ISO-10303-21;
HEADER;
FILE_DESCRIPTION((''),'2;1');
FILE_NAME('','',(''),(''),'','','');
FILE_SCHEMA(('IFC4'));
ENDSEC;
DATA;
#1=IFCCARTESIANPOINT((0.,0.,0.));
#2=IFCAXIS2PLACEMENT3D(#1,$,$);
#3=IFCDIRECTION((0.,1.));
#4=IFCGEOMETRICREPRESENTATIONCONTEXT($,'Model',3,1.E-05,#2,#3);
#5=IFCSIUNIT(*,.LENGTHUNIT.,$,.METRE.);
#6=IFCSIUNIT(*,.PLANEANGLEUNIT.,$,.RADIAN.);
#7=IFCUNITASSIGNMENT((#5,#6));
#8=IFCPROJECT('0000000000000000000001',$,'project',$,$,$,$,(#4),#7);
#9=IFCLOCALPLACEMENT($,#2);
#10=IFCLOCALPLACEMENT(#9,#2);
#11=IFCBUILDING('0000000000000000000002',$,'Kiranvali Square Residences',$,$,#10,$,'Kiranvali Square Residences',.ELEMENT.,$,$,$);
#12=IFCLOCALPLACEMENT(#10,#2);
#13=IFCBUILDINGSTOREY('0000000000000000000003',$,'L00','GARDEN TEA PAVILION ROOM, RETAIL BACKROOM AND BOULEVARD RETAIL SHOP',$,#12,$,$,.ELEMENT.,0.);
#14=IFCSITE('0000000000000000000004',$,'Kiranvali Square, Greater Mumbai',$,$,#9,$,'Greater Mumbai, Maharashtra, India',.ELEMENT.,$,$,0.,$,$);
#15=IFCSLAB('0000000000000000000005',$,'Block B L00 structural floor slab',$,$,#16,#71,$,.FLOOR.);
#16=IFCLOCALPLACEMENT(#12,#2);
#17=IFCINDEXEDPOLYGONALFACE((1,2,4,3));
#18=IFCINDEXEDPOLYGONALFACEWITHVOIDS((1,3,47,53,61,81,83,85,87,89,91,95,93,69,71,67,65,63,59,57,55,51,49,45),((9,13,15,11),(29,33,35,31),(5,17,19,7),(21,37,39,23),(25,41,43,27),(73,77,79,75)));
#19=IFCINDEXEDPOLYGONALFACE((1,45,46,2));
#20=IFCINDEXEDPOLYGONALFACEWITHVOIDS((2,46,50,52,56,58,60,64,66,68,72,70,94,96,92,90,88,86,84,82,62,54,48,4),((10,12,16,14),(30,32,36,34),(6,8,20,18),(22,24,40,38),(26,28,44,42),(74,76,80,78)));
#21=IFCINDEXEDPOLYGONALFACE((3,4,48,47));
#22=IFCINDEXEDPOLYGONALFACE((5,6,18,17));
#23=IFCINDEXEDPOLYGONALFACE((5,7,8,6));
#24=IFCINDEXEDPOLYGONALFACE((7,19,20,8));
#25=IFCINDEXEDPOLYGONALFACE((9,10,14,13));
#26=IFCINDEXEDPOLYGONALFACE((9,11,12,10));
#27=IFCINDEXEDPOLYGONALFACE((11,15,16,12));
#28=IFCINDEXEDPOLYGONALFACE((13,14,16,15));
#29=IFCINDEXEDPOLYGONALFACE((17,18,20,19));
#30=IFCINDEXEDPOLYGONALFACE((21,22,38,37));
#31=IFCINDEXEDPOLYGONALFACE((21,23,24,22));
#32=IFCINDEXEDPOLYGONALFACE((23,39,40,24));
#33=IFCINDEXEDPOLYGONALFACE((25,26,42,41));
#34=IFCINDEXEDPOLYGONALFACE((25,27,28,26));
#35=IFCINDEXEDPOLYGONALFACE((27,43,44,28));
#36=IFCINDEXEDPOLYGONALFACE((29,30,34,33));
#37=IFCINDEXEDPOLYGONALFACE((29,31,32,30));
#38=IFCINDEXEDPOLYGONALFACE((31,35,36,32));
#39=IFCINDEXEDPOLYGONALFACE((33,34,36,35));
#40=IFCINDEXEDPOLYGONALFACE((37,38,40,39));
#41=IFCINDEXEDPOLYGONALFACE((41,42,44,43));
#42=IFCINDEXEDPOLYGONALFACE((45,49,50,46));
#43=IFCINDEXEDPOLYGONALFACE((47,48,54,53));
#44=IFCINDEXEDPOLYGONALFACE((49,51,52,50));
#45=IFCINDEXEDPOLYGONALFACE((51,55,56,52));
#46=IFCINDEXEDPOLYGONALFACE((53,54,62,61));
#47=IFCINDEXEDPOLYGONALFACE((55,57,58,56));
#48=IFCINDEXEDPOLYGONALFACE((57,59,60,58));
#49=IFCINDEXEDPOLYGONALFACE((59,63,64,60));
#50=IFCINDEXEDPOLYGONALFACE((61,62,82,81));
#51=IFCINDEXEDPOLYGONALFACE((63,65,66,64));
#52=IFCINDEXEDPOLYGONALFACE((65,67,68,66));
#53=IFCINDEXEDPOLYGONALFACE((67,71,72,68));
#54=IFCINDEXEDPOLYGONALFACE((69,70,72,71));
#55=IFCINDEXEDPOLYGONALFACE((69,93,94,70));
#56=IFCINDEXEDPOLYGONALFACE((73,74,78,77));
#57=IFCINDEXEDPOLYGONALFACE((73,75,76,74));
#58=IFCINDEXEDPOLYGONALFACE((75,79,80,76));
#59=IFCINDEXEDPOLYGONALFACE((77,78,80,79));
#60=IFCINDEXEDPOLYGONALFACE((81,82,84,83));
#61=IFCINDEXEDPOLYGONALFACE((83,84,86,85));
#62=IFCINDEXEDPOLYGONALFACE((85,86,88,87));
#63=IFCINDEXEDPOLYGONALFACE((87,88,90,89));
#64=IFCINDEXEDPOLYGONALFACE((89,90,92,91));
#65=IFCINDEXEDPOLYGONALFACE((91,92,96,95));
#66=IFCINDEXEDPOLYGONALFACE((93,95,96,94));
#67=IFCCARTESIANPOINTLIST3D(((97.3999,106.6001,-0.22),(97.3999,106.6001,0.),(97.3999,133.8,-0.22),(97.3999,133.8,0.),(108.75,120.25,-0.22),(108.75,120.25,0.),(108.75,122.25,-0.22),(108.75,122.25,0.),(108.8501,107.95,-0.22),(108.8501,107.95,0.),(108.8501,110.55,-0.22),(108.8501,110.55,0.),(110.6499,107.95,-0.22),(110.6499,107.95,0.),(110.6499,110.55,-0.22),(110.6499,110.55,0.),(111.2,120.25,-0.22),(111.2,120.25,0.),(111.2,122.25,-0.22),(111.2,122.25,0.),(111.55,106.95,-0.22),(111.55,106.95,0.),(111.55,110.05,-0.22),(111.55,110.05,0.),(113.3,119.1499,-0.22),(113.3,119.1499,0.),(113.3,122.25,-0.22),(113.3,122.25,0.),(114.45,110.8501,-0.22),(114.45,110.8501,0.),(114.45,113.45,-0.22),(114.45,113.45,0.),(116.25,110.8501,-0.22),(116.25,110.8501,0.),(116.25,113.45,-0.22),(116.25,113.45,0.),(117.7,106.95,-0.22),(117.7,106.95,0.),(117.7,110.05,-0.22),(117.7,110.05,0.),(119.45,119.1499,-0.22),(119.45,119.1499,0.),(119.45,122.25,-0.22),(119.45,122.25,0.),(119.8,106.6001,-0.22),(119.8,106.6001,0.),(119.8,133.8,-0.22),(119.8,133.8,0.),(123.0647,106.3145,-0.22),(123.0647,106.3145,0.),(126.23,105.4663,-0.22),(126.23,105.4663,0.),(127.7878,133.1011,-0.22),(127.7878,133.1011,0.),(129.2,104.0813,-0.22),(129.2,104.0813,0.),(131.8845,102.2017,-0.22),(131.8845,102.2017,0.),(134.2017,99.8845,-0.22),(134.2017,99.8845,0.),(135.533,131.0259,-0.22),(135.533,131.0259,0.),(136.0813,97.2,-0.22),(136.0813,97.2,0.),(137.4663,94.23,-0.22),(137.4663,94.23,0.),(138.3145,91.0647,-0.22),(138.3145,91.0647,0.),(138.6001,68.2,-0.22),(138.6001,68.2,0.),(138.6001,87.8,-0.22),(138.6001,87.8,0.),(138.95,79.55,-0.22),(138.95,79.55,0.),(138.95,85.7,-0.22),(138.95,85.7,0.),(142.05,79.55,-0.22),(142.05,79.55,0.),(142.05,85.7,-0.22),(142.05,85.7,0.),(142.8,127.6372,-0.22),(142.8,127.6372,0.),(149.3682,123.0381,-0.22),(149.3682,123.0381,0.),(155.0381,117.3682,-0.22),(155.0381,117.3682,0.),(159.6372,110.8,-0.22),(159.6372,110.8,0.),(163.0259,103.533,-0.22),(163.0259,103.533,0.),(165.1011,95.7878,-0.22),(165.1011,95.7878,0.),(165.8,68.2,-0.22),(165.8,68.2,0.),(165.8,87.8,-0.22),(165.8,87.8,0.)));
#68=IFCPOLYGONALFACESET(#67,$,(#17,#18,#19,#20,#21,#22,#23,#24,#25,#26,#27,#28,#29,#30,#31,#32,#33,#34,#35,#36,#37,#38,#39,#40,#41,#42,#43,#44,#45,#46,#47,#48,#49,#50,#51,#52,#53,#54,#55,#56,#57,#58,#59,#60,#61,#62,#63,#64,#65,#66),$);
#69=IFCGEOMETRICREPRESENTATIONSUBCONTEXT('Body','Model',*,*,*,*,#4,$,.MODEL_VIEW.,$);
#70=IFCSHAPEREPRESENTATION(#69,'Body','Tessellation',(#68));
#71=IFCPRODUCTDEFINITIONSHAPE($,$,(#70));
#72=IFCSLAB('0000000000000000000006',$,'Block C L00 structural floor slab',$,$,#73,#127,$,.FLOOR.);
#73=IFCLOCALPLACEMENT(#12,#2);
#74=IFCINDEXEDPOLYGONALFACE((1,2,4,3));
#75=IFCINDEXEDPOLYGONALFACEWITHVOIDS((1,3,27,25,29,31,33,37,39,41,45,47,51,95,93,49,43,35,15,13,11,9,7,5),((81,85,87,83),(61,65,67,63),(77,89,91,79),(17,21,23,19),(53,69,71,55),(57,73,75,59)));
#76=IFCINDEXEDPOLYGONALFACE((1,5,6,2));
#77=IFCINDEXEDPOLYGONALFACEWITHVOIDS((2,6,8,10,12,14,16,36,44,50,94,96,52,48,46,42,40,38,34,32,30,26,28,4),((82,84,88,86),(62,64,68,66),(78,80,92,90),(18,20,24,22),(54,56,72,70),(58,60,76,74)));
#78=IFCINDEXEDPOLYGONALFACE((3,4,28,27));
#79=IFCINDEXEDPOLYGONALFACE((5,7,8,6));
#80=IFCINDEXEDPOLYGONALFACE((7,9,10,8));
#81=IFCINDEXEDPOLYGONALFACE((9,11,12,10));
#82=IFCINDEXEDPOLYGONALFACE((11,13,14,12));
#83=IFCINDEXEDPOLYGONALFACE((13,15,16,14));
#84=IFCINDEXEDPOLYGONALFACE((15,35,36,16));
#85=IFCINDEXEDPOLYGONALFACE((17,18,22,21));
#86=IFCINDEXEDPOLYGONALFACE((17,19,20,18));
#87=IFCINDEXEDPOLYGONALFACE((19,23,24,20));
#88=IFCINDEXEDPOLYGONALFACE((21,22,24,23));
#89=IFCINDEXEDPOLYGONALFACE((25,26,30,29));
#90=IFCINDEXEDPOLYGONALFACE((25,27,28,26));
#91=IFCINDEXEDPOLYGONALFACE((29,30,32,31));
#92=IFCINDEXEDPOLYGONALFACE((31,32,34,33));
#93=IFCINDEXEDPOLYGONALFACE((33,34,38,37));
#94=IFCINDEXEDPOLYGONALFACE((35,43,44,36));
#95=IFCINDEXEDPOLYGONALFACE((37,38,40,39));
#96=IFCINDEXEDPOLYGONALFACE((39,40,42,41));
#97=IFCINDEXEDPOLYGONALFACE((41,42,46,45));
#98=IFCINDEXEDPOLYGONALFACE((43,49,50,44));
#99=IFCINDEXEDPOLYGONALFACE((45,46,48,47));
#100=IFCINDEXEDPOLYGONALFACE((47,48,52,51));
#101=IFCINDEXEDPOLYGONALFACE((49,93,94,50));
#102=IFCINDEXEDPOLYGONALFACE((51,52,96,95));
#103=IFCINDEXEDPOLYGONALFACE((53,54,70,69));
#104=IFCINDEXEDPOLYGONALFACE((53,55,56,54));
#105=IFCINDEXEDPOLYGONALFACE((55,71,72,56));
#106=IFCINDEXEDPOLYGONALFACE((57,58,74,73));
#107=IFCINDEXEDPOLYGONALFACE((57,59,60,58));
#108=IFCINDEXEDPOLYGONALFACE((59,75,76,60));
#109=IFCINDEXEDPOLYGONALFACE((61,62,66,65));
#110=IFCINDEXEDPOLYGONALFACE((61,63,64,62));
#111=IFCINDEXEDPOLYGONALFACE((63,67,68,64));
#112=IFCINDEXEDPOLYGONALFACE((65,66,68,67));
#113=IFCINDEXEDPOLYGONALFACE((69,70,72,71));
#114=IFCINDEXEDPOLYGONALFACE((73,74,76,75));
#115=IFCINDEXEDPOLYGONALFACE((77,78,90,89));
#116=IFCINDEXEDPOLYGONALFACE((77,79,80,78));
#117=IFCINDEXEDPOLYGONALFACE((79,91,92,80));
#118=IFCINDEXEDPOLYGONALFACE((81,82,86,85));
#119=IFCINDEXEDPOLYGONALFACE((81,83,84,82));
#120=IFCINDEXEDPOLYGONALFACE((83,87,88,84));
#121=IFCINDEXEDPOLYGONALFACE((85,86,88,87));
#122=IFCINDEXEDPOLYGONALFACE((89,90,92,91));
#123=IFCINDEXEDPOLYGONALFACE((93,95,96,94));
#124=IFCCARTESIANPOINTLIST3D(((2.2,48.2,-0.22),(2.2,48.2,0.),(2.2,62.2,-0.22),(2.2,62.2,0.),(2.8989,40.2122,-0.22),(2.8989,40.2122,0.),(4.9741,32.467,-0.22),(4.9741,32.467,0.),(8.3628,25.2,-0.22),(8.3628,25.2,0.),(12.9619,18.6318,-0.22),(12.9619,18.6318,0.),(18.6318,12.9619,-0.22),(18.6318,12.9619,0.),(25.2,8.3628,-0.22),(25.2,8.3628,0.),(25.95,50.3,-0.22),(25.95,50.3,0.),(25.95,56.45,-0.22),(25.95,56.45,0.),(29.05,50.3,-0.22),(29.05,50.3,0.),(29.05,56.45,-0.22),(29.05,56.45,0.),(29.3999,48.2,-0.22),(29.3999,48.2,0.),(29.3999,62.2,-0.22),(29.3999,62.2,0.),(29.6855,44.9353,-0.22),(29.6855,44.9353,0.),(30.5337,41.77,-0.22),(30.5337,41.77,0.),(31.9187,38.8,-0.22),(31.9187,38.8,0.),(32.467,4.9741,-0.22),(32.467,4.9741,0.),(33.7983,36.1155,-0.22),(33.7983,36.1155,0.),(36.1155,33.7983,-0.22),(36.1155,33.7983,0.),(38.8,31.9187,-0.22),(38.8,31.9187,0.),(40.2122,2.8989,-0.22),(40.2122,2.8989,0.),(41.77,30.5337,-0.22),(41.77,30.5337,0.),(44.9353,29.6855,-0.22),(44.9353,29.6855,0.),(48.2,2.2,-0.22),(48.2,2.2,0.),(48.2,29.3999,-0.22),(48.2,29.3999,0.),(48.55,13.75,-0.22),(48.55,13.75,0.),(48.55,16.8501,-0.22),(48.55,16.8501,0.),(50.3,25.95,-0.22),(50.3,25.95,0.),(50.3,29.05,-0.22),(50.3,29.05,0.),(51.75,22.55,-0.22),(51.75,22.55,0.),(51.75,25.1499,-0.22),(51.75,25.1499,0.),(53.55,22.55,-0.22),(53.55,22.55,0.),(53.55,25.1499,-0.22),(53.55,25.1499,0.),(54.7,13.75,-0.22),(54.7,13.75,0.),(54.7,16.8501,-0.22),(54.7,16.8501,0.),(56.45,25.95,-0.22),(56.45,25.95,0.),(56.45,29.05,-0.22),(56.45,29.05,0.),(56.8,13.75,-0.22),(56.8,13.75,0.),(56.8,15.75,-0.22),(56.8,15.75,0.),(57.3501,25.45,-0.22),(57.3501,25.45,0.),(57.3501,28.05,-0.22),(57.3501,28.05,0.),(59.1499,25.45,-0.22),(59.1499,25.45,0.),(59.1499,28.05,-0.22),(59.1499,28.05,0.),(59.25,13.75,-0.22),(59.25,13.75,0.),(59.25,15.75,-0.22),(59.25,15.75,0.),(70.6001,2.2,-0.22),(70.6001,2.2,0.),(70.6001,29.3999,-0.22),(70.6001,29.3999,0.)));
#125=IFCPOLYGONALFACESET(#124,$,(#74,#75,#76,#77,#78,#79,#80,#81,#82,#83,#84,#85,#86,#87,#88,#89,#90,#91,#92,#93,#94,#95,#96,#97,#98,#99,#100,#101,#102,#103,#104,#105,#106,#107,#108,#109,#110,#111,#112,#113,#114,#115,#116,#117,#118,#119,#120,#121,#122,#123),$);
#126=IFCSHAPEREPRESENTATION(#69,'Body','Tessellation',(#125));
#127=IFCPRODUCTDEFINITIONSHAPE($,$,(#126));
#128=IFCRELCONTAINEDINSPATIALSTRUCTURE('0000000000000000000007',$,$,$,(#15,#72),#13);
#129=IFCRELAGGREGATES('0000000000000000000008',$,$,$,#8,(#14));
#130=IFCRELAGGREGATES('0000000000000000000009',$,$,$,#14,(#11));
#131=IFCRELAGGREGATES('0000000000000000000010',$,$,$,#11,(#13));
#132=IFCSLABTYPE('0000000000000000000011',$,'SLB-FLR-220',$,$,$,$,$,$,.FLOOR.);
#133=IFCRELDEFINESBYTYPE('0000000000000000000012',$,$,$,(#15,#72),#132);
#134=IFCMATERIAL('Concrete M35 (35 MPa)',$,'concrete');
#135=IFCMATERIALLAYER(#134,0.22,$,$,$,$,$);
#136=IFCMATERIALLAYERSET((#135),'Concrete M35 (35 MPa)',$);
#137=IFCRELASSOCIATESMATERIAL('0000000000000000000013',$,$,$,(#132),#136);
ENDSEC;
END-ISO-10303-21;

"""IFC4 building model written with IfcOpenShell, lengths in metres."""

from ifc_helpers import new_model, si_unit, direction, frame, origin, place, context, subcontext, project, spatial, polyline, outline, extrude, material, layer, layer_set, type_object, element, save


model = new_model("IFC4")

# Units and contexts
model_context = context("Model", 3, precision=1e-05, world=origin(), true_north=direction((0.0, 1.0)))
body_context = subcontext(model_context, "Body", "Model", "MODEL_VIEW")
ifc_project = project(units=[si_unit("LENGTHUNIT", "METRE"), si_unit("PLANEANGLEUNIT", "RADIAN")], contexts=[model_context])

# Site, building, storey
site_placement = place(None, origin())
site = spatial("IfcSite", under=ifc_project, at=site_placement, Name="Kiranvali Square, Greater Mumbai", LongName="Greater Mumbai, Maharashtra, India", CompositionType="ELEMENT", RefElevation=0.0)
building_placement = place(site_placement, origin())
building = spatial("IfcBuilding", under=site, at=building_placement, Name="Kiranvali Square Residences", LongName="Kiranvali Square Residences", CompositionType="ELEMENT")
storey_placement = place(building_placement, origin())
storey = spatial("IfcBuildingStorey", under=building, at=storey_placement, Name="L00", Description="GARDEN TEA PAVILION ROOM, RETAIL BACKROOM AND BOULEVARD RETAIL SHOP", CompositionType="ELEMENT", Elevation=0.0)

# Slabs
ifc_material_1 = material(Name="Concrete M35 (35 MPa)", Category="concrete")
ifc_layer_1 = layer(ifc_material_1, 0.22)
ifc_layer_set_1 = layer_set([ifc_layer_1], Name="Concrete M35 (35 MPa)")
slab_type_1 = type_object("IfcSlabType", Name="SLB-FLR-220", PredefinedType="FLOOR", material=ifc_layer_set_1)
slab_1_placement = place(storey_placement, frame((0.0, 0.0, -0.22)))
element("IfcSlab", 1, at=slab_1_placement, inside=storey, type_object=slab_type_1, Name="Block B L00 structural floor slab", PredefinedType="FLOOR", context=body_context, shape_type="SweptSolid", body=[
    extrude(outline(polyline([(119.8, 106.6001), (123.0647, 106.3145), (126.23, 105.4663), (129.2, 104.0813), (131.8845, 102.2017), (134.2017, 99.8845), (136.0813, 97.2), (137.4663, 94.23), (138.3145, 91.0647), (138.6001, 87.8), (138.6001, 68.2), (165.8, 68.2), (165.8, 87.8), (165.1011, 95.7878), (163.0259, 103.533), (159.6372, 110.8), (155.0381, 117.3682), (149.3682, 123.0381), (142.8, 127.6372), (135.533, 131.0259), (127.7878, 133.1011), (119.8, 133.8), (97.3999, 133.8), (97.3999, 106.6001), (119.8, 106.6001)]), holes=[polyline([(108.75, 120.25), (111.2, 120.25), (111.2, 122.25), (108.75, 122.25), (108.75, 120.25)]), polyline([(108.8501, 107.95), (110.6499, 107.95), (110.6499, 110.55), (108.8501, 110.55), (108.8501, 107.95)]), polyline([(114.45, 110.8501), (116.25, 110.8501), (116.25, 113.45), (114.45, 113.45), (114.45, 110.8501)]), polyline([(113.3, 119.1499), (119.45, 119.1499), (119.45, 122.25), (113.3, 122.25), (113.3, 119.1499)]), polyline([(117.7, 110.05), (111.55, 110.05), (111.55, 106.95), (117.7, 106.95), (117.7, 110.05)]), polyline([(138.95, 85.7), (138.95, 79.55), (142.05, 79.55), (142.05, 85.7), (138.95, 85.7)])]), origin(), (0.0, 0.0, 1.0), 0.22),
])
slab_2_placement = place(storey_placement, frame((0.0, 0.0, -0.22)))
element("IfcSlab", 2, at=slab_2_placement, inside=storey, type_object=slab_type_1, Name="Block C L00 structural floor slab", PredefinedType="FLOOR", context=body_context, shape_type="SweptSolid", body=[
    extrude(outline(polyline([(48.2, 29.3999), (44.9353, 29.6855), (41.77, 30.5337), (38.8, 31.9187), (36.1155, 33.7983), (33.7983, 36.1155), (31.9187, 38.8), (30.5337, 41.77), (29.6855, 44.9353), (29.3999, 48.2), (29.3999, 62.2), (2.2, 62.2), (2.2, 48.2), (2.8989, 40.2122), (4.9741, 32.467), (8.3628, 25.2), (12.9619, 18.6318), (18.6318, 12.9619), (25.2, 8.3628), (32.467, 4.9741), (40.2122, 2.8989), (48.2, 2.2), (70.6001, 2.2), (70.6001, 29.3999), (48.2, 29.3999)]), holes=[polyline([(56.8, 13.75), (59.25, 13.75), (59.25, 15.75), (56.8, 15.75), (56.8, 13.75)]), polyline([(57.3501, 25.45), (59.1499, 25.45), (59.1499, 28.05), (57.3501, 28.05), (57.3501, 25.45)]), polyline([(51.75, 22.55), (53.55, 22.55), (53.55, 25.1499), (51.75, 25.1499), (51.75, 22.55)]), polyline([(54.7, 16.8501), (48.55, 16.8501), (48.55, 13.75), (54.7, 13.75), (54.7, 16.8501)]), polyline([(50.3, 25.95), (56.45, 25.95), (56.45, 29.05), (50.3, 29.05), (50.3, 25.95)]), polyline([(29.05, 50.3), (29.05, 56.45), (25.95, 56.45), (25.95, 50.3), (29.05, 50.3)])]), origin(), (0.0, 0.0, 1.0), 0.22),
])

save(model, "model.ifc")
